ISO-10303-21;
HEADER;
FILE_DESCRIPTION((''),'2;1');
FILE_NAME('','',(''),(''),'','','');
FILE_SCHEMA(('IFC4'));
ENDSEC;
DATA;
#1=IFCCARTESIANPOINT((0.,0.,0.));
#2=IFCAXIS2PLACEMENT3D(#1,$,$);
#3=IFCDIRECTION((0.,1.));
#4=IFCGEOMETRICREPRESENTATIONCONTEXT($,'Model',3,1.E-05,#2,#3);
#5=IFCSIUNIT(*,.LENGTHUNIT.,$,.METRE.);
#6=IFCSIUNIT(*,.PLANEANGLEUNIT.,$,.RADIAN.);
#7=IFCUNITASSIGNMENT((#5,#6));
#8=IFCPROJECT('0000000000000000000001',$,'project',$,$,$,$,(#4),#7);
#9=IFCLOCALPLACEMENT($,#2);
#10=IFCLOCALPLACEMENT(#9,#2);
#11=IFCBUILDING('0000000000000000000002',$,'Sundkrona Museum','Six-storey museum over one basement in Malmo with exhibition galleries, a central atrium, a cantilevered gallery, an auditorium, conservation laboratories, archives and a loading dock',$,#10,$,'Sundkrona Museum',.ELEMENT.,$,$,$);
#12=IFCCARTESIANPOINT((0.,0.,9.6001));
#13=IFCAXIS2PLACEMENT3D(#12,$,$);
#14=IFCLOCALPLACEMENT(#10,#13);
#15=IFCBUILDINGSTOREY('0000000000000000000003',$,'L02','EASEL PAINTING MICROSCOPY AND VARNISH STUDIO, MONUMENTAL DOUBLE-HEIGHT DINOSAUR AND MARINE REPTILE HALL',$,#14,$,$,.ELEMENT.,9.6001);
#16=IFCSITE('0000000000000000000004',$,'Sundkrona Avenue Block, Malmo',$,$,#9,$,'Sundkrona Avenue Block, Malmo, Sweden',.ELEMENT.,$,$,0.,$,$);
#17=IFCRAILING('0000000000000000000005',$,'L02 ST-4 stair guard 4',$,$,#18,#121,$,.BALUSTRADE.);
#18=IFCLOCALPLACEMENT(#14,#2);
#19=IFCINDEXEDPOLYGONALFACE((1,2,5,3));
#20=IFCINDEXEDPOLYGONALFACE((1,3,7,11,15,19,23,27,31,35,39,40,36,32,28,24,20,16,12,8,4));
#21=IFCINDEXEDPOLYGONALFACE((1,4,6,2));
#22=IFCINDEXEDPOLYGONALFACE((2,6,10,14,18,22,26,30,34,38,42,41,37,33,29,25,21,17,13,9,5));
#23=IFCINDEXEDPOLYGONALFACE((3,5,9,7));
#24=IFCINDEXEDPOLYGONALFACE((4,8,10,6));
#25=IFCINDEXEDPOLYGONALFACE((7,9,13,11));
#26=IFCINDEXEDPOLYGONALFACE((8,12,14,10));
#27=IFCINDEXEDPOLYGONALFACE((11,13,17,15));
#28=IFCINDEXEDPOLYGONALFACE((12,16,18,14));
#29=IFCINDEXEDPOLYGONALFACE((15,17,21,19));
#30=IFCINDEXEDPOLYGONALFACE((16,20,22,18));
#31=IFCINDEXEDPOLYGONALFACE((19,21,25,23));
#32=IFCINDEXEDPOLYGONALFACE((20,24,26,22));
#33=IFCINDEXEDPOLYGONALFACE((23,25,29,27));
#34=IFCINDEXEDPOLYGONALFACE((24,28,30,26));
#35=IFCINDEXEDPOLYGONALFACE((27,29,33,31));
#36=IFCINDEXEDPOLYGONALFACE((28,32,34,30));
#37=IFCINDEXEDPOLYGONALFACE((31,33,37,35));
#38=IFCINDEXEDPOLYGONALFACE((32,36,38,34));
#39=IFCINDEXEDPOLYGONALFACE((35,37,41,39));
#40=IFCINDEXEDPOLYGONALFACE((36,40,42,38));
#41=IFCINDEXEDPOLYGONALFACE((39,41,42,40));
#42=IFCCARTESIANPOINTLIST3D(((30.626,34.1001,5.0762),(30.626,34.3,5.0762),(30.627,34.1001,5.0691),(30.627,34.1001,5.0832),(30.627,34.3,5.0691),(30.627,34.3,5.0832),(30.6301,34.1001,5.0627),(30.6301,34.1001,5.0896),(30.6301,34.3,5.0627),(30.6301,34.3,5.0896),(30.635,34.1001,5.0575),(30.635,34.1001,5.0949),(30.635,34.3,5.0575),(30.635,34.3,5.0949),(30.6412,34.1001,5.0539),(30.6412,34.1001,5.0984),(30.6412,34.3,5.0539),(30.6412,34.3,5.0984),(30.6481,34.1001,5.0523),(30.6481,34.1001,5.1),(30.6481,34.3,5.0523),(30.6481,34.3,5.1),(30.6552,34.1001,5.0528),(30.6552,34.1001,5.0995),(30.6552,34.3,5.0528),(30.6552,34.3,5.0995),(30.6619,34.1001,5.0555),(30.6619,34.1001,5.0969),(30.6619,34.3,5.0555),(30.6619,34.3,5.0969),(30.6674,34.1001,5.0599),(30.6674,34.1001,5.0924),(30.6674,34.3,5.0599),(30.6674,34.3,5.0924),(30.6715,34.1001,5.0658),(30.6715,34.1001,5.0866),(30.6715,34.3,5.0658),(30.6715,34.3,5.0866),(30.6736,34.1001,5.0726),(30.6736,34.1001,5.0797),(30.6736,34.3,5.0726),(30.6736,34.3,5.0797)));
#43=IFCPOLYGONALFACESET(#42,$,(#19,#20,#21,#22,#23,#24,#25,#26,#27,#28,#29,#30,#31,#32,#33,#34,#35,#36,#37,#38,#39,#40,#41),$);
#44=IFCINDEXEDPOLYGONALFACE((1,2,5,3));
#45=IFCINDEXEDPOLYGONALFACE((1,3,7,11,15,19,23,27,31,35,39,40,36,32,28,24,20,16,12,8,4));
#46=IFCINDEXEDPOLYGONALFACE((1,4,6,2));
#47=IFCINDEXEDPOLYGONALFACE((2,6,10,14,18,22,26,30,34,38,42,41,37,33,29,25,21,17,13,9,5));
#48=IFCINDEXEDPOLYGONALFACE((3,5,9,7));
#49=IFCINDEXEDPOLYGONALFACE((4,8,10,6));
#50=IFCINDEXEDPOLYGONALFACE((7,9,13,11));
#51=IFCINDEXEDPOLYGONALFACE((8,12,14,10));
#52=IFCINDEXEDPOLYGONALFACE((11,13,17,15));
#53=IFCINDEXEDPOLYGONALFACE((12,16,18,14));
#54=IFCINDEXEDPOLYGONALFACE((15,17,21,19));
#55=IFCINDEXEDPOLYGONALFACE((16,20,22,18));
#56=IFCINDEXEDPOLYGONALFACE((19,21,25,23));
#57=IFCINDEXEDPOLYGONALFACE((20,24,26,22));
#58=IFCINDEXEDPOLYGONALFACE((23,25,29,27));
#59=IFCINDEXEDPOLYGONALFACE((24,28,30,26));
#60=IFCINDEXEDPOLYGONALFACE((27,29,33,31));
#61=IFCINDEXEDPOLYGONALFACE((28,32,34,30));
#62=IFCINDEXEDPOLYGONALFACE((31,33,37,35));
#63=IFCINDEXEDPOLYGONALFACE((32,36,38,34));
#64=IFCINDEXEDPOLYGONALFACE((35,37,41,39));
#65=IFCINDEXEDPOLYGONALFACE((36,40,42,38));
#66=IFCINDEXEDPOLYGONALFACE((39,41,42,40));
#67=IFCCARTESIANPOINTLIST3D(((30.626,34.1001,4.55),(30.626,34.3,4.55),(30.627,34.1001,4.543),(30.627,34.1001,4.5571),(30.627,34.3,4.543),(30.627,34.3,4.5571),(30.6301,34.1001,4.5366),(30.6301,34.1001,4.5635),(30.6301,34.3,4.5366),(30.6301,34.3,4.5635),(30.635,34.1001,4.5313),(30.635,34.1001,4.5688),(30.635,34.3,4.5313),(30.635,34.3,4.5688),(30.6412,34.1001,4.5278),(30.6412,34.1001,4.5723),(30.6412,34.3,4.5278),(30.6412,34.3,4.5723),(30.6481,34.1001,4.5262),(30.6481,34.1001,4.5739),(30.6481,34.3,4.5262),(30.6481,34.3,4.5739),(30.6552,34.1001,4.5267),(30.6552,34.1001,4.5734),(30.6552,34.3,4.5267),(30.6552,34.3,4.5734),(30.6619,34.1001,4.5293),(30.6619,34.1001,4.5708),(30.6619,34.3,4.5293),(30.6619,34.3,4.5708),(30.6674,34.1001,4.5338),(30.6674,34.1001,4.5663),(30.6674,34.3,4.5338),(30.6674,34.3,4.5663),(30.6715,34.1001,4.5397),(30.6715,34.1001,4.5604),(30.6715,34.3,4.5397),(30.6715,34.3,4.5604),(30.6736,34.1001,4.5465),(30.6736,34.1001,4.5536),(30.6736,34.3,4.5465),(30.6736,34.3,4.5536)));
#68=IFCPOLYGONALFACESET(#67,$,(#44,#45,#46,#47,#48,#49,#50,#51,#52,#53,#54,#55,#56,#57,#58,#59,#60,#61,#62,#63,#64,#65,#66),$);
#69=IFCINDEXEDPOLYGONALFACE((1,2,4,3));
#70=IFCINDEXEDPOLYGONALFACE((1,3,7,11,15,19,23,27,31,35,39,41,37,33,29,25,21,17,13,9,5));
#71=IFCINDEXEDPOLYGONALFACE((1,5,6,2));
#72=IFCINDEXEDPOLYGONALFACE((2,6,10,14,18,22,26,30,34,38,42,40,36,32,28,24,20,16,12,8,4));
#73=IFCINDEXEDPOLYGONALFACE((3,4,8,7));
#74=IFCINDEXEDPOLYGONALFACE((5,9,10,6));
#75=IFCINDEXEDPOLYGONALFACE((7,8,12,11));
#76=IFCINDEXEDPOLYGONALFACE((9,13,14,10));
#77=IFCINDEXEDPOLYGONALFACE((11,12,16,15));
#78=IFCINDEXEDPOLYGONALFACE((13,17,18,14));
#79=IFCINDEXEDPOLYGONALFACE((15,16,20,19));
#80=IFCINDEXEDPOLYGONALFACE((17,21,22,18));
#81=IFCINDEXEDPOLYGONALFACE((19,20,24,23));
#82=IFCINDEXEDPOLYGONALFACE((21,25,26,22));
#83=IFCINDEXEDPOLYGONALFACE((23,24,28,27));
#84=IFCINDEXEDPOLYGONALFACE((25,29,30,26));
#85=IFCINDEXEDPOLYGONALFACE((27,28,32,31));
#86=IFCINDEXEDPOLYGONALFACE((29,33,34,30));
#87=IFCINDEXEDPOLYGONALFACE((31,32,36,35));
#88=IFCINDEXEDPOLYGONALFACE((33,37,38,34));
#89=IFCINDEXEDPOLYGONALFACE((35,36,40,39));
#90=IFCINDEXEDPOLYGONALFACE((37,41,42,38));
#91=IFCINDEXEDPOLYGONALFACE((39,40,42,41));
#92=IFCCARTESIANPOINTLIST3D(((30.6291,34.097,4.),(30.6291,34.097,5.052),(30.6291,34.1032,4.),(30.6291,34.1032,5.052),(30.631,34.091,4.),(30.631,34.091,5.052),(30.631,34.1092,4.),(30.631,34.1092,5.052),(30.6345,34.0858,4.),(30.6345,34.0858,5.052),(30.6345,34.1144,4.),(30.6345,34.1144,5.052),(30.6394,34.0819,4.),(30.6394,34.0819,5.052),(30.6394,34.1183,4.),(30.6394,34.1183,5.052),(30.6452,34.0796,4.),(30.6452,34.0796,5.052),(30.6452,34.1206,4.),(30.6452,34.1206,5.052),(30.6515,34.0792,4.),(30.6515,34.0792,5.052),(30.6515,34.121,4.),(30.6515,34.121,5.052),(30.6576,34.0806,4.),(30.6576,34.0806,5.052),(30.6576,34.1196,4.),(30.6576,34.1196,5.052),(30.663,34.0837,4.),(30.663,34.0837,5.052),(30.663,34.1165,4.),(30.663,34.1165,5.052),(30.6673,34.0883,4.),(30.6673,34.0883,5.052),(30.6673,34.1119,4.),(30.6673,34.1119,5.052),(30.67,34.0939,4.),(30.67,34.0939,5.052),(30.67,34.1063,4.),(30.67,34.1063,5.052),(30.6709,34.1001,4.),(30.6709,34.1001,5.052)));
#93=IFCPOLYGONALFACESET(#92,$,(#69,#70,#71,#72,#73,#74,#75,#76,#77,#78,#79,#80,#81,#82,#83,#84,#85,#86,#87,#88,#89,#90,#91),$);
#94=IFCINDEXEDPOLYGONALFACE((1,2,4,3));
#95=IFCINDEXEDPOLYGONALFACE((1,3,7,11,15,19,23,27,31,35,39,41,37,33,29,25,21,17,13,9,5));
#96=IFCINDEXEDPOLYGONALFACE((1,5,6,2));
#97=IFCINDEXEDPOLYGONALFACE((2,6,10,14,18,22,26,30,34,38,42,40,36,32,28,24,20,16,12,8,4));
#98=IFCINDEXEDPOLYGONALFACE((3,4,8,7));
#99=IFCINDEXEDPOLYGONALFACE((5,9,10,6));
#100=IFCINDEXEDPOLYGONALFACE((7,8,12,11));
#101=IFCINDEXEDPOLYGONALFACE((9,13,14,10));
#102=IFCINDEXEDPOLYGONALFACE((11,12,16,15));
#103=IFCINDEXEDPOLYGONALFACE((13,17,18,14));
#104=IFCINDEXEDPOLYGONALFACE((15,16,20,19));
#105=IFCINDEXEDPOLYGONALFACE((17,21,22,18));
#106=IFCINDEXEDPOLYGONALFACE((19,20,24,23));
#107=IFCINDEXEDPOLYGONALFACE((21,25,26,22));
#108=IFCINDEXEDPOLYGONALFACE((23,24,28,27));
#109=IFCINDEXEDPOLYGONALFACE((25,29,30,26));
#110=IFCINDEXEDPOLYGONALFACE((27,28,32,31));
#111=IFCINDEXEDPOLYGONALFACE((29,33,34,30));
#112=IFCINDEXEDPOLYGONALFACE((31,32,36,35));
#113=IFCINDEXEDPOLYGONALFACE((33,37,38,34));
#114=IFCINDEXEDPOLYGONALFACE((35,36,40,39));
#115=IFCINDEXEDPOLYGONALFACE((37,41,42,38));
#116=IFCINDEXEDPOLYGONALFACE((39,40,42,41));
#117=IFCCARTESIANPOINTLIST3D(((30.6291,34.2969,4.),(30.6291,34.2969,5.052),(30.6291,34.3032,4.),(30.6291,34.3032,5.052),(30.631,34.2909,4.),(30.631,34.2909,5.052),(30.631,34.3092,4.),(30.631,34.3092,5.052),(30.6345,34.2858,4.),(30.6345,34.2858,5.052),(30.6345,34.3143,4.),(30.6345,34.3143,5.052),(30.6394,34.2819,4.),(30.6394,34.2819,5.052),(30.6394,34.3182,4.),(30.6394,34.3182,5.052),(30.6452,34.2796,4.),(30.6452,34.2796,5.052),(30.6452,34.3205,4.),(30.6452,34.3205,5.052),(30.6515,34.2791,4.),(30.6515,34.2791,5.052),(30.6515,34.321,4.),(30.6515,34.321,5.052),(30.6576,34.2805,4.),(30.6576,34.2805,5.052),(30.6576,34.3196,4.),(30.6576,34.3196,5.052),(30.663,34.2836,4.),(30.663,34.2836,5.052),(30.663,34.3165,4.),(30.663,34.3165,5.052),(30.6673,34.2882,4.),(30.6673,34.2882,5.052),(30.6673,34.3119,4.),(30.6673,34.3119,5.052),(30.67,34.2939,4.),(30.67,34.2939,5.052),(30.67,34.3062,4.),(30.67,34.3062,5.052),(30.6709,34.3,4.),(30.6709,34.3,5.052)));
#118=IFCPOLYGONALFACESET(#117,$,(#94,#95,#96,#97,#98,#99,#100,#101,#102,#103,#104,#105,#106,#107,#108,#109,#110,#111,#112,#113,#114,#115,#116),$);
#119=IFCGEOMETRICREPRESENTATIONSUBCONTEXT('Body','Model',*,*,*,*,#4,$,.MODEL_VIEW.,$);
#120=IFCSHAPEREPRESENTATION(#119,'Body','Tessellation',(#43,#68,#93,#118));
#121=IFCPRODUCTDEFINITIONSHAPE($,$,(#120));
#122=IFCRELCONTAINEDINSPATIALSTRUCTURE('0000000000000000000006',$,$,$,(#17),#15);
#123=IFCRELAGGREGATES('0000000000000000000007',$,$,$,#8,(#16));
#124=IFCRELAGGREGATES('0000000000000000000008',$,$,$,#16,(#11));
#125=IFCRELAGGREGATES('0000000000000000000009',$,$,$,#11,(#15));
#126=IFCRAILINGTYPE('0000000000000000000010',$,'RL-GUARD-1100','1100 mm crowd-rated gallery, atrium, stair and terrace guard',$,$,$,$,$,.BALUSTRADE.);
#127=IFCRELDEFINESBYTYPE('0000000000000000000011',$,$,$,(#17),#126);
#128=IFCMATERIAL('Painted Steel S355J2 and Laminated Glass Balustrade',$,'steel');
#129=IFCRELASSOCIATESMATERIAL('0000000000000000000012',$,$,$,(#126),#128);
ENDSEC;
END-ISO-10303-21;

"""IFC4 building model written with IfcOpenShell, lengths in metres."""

from ifc_helpers import new_model, si_unit, direction, frame, origin, origin_2d, place, context, subcontext, project, spatial, circle, extrude, material, type_object, element, save


model = new_model("IFC4")

# Units and contexts
model_context = context("Model", 3, precision=1e-05, world=origin(), true_north=direction((0.0, 1.0)))
body_context = subcontext(model_context, "Body", "Model", "MODEL_VIEW")
ifc_project = project(units=[si_unit("LENGTHUNIT", "METRE"), si_unit("PLANEANGLEUNIT", "RADIAN")], contexts=[model_context])

# Site, building, storey
site_placement = place(None, origin())
site = spatial("IfcSite", under=ifc_project, at=site_placement, Name="Sundkrona Avenue Block, Malmo", LongName="Sundkrona Avenue Block, Malmo, Sweden", CompositionType="ELEMENT", RefElevation=0.0)
building_placement = place(site_placement, origin())
building = spatial("IfcBuilding", under=site, at=building_placement, Name="Sundkrona Museum", Description="Six-storey museum over one basement in Malmo with exhibition galleries, a central atrium, a cantilevered gallery, an auditorium, conservation laboratories, archives and a loading dock", LongName="Sundkrona Museum", CompositionType="ELEMENT")
storey_placement = place(building_placement, frame((0.0, 0.0, 9.6001)))
storey = spatial("IfcBuildingStorey", under=building, at=storey_placement, Name="L02", Description="EASEL PAINTING MICROSCOPY AND VARNISH STUDIO, MONUMENTAL DOUBLE-HEIGHT DINOSAUR AND MARINE REPTILE HALL", CompositionType="ELEMENT", Elevation=9.6001)

# Railing
ifc_material_1 = material(Name="Painted Steel S355J2 and Laminated Glass Balustrade", Category="steel")
railing_type_1 = type_object("IfcRailingType", Name="RL-GUARD-1100", Description="1100 mm crowd-rated gallery, atrium, stair and terrace guard", PredefinedType="BALUSTRADE", material=ifc_material_1)
railing_1_placement = place(storey_placement, frame((30.6499, 34.1001, 4.0)))
element("IfcRailing", 1, at=railing_1_placement, inside=storey, type_object=railing_type_1, Name="L02 ST-4 stair guard 4", PredefinedType="BALUSTRADE", context=body_context, shape_type="SweptSolid", body=[
    extrude(circle(Radius=0.0239, at=origin_2d()), frame((0.0, 0.0, 1.0762), z_axis=(0.0, 1.0, 0.0), x_axis=(-1.0, 0.0, 0.0)), (0.0, 0.0, 1.0), 0.2),
    extrude(circle(Radius=0.0239, at=origin_2d()), frame((0.0, 0.0, 0.55), z_axis=(0.0, 1.0, 0.0), x_axis=(-1.0, 0.0, 0.0)), (0.0, 0.0, 1.0), 0.2),
    extrude(circle(Radius=0.021, at=origin_2d()), origin(), (0.0, 0.0, 1.0), 1.052),
    extrude(circle(Radius=0.021, at=origin_2d()), frame((0.0, 0.2, 0.0)), (0.0, 0.0, 1.0), 1.052),
])

save(model, "model.ifc")
